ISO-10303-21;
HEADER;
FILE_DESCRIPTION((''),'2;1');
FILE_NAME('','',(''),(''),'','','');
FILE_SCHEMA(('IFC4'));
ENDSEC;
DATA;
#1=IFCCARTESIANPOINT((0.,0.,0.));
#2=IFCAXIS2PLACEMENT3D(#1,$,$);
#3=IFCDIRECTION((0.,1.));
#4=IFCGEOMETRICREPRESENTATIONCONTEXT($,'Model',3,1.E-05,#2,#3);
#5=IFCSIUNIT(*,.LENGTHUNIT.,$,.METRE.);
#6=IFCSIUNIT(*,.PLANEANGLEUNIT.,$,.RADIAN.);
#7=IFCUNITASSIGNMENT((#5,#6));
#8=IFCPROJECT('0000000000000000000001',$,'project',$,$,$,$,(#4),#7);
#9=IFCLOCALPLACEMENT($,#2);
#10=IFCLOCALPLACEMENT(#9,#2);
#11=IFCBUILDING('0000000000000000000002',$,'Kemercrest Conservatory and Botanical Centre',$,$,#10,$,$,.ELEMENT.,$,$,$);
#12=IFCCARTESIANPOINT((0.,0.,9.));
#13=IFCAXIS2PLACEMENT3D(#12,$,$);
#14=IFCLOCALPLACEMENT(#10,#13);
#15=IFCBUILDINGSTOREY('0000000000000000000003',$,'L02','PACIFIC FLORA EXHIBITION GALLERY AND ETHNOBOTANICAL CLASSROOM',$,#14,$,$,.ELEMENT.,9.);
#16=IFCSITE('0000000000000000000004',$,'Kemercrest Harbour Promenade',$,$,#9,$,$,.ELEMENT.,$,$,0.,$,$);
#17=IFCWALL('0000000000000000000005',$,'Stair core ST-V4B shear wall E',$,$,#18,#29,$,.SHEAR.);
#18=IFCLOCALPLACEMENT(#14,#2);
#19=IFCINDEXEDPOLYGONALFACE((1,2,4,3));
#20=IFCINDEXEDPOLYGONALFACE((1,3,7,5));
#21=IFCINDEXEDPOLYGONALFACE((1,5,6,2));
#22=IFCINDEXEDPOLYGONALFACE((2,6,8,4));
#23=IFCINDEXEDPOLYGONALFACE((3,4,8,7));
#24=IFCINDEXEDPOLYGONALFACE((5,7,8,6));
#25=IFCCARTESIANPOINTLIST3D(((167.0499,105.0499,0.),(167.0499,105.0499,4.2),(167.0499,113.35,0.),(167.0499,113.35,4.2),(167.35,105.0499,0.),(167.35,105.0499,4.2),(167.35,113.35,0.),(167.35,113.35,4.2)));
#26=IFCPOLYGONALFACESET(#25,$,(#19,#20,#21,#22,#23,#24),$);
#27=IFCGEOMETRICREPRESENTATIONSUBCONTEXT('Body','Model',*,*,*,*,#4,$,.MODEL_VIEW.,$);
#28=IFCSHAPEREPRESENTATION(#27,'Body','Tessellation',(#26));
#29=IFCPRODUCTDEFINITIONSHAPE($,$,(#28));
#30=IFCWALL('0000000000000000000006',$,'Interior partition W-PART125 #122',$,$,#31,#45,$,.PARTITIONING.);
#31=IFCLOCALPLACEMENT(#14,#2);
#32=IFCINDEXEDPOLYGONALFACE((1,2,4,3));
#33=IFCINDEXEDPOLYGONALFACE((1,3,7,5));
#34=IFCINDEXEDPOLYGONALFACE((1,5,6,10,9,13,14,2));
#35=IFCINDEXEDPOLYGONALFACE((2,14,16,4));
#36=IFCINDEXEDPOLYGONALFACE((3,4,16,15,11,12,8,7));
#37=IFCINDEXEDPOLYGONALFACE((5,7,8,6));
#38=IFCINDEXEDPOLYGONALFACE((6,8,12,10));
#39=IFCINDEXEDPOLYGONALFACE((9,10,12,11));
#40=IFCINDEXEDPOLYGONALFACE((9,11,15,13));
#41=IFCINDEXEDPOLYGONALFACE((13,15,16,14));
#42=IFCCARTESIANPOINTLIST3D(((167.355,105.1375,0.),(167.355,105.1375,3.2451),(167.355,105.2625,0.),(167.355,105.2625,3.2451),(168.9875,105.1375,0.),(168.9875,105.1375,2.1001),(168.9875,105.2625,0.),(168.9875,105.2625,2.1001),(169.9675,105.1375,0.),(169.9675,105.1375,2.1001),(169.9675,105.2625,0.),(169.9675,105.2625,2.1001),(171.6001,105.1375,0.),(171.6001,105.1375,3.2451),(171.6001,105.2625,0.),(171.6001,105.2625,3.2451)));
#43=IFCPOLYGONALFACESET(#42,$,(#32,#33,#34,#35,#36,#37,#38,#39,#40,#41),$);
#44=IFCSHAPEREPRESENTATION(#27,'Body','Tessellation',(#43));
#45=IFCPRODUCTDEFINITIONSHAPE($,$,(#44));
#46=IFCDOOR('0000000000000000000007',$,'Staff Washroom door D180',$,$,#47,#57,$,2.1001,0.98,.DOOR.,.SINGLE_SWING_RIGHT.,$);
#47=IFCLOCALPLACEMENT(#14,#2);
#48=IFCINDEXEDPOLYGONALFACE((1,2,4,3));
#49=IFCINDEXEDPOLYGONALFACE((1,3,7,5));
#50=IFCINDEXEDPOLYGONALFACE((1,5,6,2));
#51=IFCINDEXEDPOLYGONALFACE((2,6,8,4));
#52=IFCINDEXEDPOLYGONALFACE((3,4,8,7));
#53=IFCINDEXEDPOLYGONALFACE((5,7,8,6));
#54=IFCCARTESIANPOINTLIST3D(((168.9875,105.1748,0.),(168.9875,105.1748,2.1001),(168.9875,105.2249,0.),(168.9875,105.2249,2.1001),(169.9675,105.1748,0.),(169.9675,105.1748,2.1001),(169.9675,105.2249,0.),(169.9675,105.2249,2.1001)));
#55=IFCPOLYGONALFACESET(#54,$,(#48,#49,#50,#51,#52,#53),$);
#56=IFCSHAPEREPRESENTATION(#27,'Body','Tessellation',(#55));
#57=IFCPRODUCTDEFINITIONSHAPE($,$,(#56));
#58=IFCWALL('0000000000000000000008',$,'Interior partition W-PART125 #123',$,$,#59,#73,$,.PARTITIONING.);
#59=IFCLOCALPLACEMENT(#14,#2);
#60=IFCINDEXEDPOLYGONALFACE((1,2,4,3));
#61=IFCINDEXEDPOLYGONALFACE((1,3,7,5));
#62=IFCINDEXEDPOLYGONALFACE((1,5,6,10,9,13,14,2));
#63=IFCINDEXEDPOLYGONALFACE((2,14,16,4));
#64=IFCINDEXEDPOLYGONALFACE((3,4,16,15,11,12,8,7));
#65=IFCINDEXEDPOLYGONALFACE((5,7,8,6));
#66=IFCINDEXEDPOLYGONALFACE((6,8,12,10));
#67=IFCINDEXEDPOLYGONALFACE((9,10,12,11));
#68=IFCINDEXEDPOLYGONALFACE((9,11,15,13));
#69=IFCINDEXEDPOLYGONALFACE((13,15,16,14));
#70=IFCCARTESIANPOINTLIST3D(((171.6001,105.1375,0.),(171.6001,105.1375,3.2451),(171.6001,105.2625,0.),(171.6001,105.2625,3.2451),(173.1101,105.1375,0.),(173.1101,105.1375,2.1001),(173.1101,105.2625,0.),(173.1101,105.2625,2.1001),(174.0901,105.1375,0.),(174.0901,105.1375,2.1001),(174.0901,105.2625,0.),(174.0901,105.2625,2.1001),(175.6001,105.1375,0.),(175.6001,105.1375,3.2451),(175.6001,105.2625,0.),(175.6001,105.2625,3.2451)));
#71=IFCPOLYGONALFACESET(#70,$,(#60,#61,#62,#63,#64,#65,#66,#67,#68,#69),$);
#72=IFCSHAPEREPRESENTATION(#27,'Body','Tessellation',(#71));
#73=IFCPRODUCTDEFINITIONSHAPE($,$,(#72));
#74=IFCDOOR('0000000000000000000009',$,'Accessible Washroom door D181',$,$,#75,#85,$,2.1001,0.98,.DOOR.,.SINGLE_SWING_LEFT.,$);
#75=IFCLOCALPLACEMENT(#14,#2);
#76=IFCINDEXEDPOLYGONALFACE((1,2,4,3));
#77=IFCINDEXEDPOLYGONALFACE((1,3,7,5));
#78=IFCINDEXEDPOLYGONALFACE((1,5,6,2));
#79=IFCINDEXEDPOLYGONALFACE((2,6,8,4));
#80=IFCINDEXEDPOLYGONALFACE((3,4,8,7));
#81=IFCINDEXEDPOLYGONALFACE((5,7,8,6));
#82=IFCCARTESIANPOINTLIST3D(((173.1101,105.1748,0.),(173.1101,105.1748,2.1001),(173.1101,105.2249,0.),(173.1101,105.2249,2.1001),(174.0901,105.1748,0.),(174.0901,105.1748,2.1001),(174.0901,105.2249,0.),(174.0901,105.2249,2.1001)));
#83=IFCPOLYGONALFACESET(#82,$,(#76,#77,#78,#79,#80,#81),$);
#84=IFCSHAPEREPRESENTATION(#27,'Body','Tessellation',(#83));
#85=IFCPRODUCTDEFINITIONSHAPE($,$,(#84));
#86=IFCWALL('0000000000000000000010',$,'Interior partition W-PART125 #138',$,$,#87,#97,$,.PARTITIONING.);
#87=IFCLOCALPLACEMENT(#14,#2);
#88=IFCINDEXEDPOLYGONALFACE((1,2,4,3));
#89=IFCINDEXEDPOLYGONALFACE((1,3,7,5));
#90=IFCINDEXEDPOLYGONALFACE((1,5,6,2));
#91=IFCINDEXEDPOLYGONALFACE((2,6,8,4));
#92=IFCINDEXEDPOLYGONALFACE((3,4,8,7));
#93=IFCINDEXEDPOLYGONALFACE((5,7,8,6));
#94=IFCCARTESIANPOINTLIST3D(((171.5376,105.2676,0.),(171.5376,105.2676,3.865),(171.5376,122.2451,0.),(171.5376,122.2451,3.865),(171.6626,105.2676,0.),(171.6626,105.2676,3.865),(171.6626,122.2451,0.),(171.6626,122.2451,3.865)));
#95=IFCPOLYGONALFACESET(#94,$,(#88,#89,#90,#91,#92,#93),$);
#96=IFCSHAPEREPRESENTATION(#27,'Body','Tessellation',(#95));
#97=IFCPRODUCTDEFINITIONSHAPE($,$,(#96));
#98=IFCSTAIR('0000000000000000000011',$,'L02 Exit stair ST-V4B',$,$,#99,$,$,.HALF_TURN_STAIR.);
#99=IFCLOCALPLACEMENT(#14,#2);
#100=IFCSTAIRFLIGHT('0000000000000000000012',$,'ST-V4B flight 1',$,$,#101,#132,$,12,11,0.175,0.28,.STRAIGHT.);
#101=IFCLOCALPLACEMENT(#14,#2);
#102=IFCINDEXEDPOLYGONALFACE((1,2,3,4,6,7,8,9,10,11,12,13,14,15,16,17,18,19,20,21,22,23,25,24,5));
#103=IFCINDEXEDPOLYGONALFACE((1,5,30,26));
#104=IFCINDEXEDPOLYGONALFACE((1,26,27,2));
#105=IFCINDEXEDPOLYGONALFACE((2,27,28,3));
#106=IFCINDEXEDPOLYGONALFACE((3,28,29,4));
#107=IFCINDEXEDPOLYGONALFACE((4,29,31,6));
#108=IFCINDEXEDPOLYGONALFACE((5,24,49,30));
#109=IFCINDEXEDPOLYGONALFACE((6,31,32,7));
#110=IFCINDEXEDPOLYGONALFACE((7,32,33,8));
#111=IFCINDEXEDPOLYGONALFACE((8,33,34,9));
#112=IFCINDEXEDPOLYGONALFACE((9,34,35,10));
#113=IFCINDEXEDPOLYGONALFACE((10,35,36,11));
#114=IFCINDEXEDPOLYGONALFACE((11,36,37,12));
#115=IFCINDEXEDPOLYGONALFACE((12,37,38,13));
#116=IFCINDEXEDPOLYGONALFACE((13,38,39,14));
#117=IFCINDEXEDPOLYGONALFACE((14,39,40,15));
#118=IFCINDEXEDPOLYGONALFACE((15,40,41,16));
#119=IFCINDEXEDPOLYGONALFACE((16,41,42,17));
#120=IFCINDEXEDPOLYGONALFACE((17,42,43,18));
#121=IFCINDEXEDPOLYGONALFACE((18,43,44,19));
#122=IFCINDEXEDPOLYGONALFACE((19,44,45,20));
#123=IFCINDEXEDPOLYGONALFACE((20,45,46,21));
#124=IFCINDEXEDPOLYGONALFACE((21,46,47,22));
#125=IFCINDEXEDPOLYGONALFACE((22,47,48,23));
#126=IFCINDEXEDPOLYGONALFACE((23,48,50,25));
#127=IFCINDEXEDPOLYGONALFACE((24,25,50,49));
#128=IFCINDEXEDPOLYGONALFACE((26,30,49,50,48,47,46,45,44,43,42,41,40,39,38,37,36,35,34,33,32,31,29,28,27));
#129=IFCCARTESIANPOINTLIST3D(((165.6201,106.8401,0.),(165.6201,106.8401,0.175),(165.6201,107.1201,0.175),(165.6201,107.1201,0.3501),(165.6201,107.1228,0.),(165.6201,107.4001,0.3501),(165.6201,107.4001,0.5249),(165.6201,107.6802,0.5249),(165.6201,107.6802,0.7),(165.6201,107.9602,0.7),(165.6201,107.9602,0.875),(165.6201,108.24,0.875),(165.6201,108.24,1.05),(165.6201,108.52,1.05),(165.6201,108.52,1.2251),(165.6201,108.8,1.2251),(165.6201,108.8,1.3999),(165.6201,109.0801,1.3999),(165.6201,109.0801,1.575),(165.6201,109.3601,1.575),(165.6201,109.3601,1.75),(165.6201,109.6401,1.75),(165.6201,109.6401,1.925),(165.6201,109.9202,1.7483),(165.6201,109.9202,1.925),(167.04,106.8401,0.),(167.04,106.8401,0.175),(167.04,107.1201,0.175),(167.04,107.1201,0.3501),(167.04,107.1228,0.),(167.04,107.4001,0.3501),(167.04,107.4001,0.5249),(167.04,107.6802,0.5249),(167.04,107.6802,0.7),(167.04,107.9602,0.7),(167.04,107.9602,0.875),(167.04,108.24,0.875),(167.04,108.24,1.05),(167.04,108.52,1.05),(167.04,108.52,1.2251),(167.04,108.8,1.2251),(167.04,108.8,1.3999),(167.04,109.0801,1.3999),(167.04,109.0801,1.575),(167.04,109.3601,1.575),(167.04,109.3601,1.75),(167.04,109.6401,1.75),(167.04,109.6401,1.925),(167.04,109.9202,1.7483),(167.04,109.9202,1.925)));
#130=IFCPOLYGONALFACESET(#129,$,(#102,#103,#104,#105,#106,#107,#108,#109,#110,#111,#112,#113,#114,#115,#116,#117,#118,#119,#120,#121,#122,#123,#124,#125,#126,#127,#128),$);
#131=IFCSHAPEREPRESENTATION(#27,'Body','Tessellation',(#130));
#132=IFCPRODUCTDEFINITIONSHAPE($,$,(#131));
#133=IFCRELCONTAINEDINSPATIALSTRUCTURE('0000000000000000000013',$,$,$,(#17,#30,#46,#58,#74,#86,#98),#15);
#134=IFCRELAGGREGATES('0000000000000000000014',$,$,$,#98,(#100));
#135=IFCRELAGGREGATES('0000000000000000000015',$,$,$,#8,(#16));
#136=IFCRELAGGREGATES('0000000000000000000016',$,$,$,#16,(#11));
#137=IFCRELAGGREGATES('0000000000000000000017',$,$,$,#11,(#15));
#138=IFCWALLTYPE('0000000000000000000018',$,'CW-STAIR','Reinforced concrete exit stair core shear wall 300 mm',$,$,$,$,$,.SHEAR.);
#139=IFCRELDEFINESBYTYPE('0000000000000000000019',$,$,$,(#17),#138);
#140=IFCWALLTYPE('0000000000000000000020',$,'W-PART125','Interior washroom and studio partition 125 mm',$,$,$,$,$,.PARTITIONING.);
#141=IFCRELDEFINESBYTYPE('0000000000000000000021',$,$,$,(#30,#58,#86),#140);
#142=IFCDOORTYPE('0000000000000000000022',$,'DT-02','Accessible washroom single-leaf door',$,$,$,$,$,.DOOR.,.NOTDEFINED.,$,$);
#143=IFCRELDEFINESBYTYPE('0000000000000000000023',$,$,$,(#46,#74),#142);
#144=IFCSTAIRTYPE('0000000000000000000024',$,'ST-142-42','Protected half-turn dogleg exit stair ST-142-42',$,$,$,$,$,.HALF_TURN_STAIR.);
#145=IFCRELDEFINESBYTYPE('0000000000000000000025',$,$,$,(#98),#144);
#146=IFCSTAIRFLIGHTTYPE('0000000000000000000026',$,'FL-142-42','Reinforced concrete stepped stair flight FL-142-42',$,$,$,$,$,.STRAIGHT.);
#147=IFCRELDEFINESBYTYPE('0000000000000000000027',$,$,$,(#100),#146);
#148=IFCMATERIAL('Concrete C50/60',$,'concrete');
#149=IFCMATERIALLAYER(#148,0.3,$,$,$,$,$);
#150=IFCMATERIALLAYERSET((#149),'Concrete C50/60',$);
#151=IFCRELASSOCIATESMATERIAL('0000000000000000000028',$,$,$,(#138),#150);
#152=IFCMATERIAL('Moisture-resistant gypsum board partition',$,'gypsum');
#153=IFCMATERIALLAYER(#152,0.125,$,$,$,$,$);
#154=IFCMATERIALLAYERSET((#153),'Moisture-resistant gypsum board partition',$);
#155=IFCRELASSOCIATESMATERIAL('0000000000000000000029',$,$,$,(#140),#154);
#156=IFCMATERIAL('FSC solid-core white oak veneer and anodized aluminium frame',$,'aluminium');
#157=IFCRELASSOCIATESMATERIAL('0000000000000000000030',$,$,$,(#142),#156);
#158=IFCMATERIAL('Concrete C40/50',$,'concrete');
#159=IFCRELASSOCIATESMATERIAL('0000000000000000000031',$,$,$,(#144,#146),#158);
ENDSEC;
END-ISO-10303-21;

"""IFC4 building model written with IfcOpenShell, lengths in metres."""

from ifc_helpers import new_model, si_unit, direction, frame, frame_2d, origin, place, context, subcontext, project, spatial, polyline, rectangle, outline, extrude, material, layer, layer_set, type_object, element, fill, aggregate, save


model = new_model("IFC4")

# Units and contexts
model_context = context("Model", 3, precision=1e-05, world=origin(), true_north=direction((0.0, 1.0)))
body_context = subcontext(model_context, "Body", "Model", "MODEL_VIEW")
ifc_project = project(units=[si_unit("LENGTHUNIT", "METRE"), si_unit("PLANEANGLEUNIT", "RADIAN")], contexts=[model_context])

# Site, building, storey
site_placement = place(None, origin())
site = spatial("IfcSite", under=ifc_project, at=site_placement, Name="Kemercrest Harbour Promenade", CompositionType="ELEMENT", RefElevation=0.0)
building_placement = place(site_placement, origin())
building = spatial("IfcBuilding", under=site, at=building_placement, Name="Kemercrest Conservatory and Botanical Centre", CompositionType="ELEMENT")
storey_placement = place(building_placement, frame((0.0, 0.0, 9.0)))
storey = spatial("IfcBuildingStorey", under=building, at=storey_placement, Name="L02", Description="PACIFIC FLORA EXHIBITION GALLERY AND ETHNOBOTANICAL CLASSROOM", CompositionType="ELEMENT", Elevation=9.0)

# Shared definitions
ifc_material_1 = material(Name="Concrete C50/60", Category="concrete")

# Shared definitions
ifc_material_2 = material(Name="Concrete C40/50", Category="concrete")

# Shared definitions
ifc_layer_1 = layer(ifc_material_1, 0.3)
ifc_layer_set_1 = layer_set([ifc_layer_1], Name="Concrete C50/60")
wall_type_1 = type_object("IfcWallType", Name="CW-STAIR", Description="Reinforced concrete exit stair core shear wall 300 mm", PredefinedType="SHEAR", material=ifc_layer_set_1)

# Wall
for number, where, z_axis, x_axis, name in (
    (1, (167.2, 105.05, 0.0), (0.0, 0.0, 1.0), (0.0, 1.0, 0.0), "Stair core ST-V4B shear wall E"),
):
    element("IfcWall", number, at=place(storey_placement, frame(where, z_axis=z_axis, x_axis=x_axis)), inside=storey, type_object=wall_type_1, Name=name, PredefinedType="SHEAR", context=body_context, shape_type="SweptSolid", body=[
        extrude(rectangle(XDim=8.3, YDim=0.3, at=frame_2d((4.1499, 0.0))), origin(), (0.0, 0.0, 1.0), 4.2),
    ])

# Walls, openings, doors
ifc_material_3 = material(Name="Moisture-resistant gypsum board partition", Category="gypsum")
ifc_layer_2 = layer(ifc_material_3, 0.125)
ifc_layer_set_2 = layer_set([ifc_layer_2], Name="Moisture-resistant gypsum board partition")
wall_type_2 = type_object("IfcWallType", Name="W-PART125", Description="Interior washroom and studio partition 125 mm", PredefinedType="PARTITIONING", material=ifc_layer_set_2)
wall_1_placement = place(storey_placement, frame((167.355, 105.2, 0.0), z_axis=(0.0, 0.0, 1.0), x_axis=(1.0, 0.0, 0.0)))
wall_1 = element("IfcWall", 2, at=wall_1_placement, inside=storey, type_object=wall_type_2, Name="Interior partition W-PART125 #122", PredefinedType="PARTITIONING", context=body_context, shape_type="SweptSolid", body=[
    extrude(rectangle(XDim=4.2451, YDim=0.125, at=frame_2d((2.1226, 0.0))), origin(), (0.0, 0.0, 1.0), 3.2451),
])
opening_1_placement = place(wall_1_placement, frame((1.6326, 0.0, 0.0)))
opening_1 = element("IfcOpeningElement", 3, at=opening_1_placement, cuts=wall_1, PredefinedType="OPENING", context=body_context, shape_type="SweptSolid", body=[
    extrude(rectangle(XDim=0.98, YDim=2.1001, at=frame_2d((0.49, 1.05))), frame((0.0, 0.0725, 0.0), z_axis=(0.0, -1.0, 0.0), x_axis=(1.0, 0.0, 0.0)), (0.0, 0.0, 1.0), 0.145),
])
ifc_material_4 = material(Name="FSC solid-core white oak veneer and anodized aluminium frame", Category="aluminium")
door_type_1 = type_object("IfcDoorType", Name="DT-02", Description="Accessible washroom single-leaf door", OperationType="NOTDEFINED", PredefinedType="DOOR", material=ifc_material_4)
door_1_placement = place(opening_1_placement, origin())
door_1 = element("IfcDoor", 4, at=door_1_placement, inside=storey, type_object=door_type_1, Name="Staff Washroom door D180", OperationType="SINGLE_SWING_RIGHT", OverallHeight=2.1001, OverallWidth=0.98, PredefinedType="DOOR", context=body_context, shape_type="SweptSolid", body=[
    extrude(rectangle(XDim=0.98, YDim=2.1001, at=frame_2d((0.49, 1.05))), frame((0.0, 0.0249, 0.0), z_axis=(0.0, -1.0, 0.0), x_axis=(1.0, 0.0, 0.0)), (0.0, 0.0, 1.0), 0.05),
])
fill(opening_1, door_1)
wall_2_placement = place(storey_placement, frame((171.6001, 105.2, 0.0), z_axis=(0.0, 0.0, 1.0), x_axis=(1.0, 0.0, 0.0)))
wall_2 = element("IfcWall", 5, at=wall_2_placement, inside=storey, type_object=wall_type_2, Name="Interior partition W-PART125 #123", PredefinedType="PARTITIONING", context=body_context, shape_type="SweptSolid", body=[
    extrude(rectangle(XDim=4.0, YDim=0.125, at=frame_2d((2.0, 0.0))), origin(), (0.0, 0.0, 1.0), 3.2451),
])
opening_2_placement = place(wall_2_placement, frame((1.51, 0.0, 0.0)))
opening_2 = element("IfcOpeningElement", 6, at=opening_2_placement, cuts=wall_2, PredefinedType="OPENING", context=body_context, shape_type="SweptSolid", body=[
    extrude(rectangle(XDim=0.98, YDim=2.1001, at=frame_2d((0.49, 1.05))), frame((0.0, 0.0725, 0.0), z_axis=(0.0, -1.0, 0.0), x_axis=(1.0, 0.0, 0.0)), (0.0, 0.0, 1.0), 0.145),
])
door_2_placement = place(opening_2_placement, origin())
door_2 = element("IfcDoor", 7, at=door_2_placement, inside=storey, type_object=door_type_1, Name="Accessible Washroom door D181", OperationType="SINGLE_SWING_LEFT", OverallHeight=2.1001, OverallWidth=0.98, PredefinedType="DOOR", context=body_context, shape_type="SweptSolid", body=[
    extrude(rectangle(XDim=0.98, YDim=2.1001, at=frame_2d((0.49, 1.05))), frame((0.0, 0.0249, 0.0), z_axis=(0.0, -1.0, 0.0), x_axis=(1.0, 0.0, 0.0)), (0.0, 0.0, 1.0), 0.05),
])
fill(opening_2, door_2)

# Wall
wall_3_placement = place(storey_placement, frame((171.6001, 105.2676, 0.0), z_axis=(0.0, 0.0, 1.0), x_axis=(0.0, 1.0, 0.0)))
element("IfcWall", 8, at=wall_3_placement, inside=storey, type_object=wall_type_2, Name="Interior partition W-PART125 #138", PredefinedType="PARTITIONING", context=body_context, shape_type="SweptSolid", body=[
    extrude(rectangle(XDim=16.9775, YDim=0.125, at=frame_2d((8.4888, 0.0))), origin(), (0.0, 0.0, 1.0), 3.865),
])

# Stair, stair flight
stair_type = type_object("IfcStairType", Name="ST-142-42", Description="Protected half-turn dogleg exit stair ST-142-42", PredefinedType="HALF_TURN_STAIR", material=ifc_material_2)
stair_placement = place(storey_placement, origin())
stair = element("IfcStair", 9, at=stair_placement, inside=storey, type_object=stair_type, Name="L02 Exit stair ST-V4B", PredefinedType="HALF_TURN_STAIR")
stair_flight_type = type_object("IfcStairFlightType", Name="FL-142-42", Description="Reinforced concrete stepped stair flight FL-142-42", PredefinedType="STRAIGHT", material=ifc_material_2)
stair_flight_placement = place(storey_placement, frame((166.3301, 106.8401, 0.0), z_axis=(0.0, 0.0, 1.0), x_axis=(0.0, 1.0, 0.0)))
stair_flight = element("IfcStairFlight", 10, at=stair_flight_placement, type_object=stair_flight_type, Name="ST-V4B flight 1", NumberOfRisers=12, NumberOfTreads=11, PredefinedType="STRAIGHT", RiserHeight=0.175, TreadLength=0.28, context=body_context, shape_type="SweptSolid", body=[
    extrude(outline(polyline([(0.0, 0.0), (0.0, 0.175), (0.28, 0.175), (0.28, 0.3501), (0.5601, 0.3501), (0.5601, 0.5249), (0.8401, 0.5249), (0.8401, 0.7), (1.1201, 0.7), (1.1201, 0.875), (1.3999, 0.875), (1.3999, 1.05), (1.6799, 1.05), (1.6799, 1.2251), (1.96, 1.2251), (1.96, 1.3999), (2.24, 1.3999), (2.24, 1.575), (2.52, 1.575), (2.52, 1.75), (2.8, 1.75), (2.8, 1.925), (3.0801, 1.925), (3.0801, 2.1001), (3.0801, 1.7483), (0.2827, 0.0), (0.0, 0.0)])), frame((0.0, 0.71, 0.0), z_axis=(0.0, -1.0, 0.0), x_axis=(1.0, 0.0, 0.0)), (0.0, 0.0, 1.0), 1.4199),
])
aggregate(stair, [stair_flight])

save(model, "model.ifc")
